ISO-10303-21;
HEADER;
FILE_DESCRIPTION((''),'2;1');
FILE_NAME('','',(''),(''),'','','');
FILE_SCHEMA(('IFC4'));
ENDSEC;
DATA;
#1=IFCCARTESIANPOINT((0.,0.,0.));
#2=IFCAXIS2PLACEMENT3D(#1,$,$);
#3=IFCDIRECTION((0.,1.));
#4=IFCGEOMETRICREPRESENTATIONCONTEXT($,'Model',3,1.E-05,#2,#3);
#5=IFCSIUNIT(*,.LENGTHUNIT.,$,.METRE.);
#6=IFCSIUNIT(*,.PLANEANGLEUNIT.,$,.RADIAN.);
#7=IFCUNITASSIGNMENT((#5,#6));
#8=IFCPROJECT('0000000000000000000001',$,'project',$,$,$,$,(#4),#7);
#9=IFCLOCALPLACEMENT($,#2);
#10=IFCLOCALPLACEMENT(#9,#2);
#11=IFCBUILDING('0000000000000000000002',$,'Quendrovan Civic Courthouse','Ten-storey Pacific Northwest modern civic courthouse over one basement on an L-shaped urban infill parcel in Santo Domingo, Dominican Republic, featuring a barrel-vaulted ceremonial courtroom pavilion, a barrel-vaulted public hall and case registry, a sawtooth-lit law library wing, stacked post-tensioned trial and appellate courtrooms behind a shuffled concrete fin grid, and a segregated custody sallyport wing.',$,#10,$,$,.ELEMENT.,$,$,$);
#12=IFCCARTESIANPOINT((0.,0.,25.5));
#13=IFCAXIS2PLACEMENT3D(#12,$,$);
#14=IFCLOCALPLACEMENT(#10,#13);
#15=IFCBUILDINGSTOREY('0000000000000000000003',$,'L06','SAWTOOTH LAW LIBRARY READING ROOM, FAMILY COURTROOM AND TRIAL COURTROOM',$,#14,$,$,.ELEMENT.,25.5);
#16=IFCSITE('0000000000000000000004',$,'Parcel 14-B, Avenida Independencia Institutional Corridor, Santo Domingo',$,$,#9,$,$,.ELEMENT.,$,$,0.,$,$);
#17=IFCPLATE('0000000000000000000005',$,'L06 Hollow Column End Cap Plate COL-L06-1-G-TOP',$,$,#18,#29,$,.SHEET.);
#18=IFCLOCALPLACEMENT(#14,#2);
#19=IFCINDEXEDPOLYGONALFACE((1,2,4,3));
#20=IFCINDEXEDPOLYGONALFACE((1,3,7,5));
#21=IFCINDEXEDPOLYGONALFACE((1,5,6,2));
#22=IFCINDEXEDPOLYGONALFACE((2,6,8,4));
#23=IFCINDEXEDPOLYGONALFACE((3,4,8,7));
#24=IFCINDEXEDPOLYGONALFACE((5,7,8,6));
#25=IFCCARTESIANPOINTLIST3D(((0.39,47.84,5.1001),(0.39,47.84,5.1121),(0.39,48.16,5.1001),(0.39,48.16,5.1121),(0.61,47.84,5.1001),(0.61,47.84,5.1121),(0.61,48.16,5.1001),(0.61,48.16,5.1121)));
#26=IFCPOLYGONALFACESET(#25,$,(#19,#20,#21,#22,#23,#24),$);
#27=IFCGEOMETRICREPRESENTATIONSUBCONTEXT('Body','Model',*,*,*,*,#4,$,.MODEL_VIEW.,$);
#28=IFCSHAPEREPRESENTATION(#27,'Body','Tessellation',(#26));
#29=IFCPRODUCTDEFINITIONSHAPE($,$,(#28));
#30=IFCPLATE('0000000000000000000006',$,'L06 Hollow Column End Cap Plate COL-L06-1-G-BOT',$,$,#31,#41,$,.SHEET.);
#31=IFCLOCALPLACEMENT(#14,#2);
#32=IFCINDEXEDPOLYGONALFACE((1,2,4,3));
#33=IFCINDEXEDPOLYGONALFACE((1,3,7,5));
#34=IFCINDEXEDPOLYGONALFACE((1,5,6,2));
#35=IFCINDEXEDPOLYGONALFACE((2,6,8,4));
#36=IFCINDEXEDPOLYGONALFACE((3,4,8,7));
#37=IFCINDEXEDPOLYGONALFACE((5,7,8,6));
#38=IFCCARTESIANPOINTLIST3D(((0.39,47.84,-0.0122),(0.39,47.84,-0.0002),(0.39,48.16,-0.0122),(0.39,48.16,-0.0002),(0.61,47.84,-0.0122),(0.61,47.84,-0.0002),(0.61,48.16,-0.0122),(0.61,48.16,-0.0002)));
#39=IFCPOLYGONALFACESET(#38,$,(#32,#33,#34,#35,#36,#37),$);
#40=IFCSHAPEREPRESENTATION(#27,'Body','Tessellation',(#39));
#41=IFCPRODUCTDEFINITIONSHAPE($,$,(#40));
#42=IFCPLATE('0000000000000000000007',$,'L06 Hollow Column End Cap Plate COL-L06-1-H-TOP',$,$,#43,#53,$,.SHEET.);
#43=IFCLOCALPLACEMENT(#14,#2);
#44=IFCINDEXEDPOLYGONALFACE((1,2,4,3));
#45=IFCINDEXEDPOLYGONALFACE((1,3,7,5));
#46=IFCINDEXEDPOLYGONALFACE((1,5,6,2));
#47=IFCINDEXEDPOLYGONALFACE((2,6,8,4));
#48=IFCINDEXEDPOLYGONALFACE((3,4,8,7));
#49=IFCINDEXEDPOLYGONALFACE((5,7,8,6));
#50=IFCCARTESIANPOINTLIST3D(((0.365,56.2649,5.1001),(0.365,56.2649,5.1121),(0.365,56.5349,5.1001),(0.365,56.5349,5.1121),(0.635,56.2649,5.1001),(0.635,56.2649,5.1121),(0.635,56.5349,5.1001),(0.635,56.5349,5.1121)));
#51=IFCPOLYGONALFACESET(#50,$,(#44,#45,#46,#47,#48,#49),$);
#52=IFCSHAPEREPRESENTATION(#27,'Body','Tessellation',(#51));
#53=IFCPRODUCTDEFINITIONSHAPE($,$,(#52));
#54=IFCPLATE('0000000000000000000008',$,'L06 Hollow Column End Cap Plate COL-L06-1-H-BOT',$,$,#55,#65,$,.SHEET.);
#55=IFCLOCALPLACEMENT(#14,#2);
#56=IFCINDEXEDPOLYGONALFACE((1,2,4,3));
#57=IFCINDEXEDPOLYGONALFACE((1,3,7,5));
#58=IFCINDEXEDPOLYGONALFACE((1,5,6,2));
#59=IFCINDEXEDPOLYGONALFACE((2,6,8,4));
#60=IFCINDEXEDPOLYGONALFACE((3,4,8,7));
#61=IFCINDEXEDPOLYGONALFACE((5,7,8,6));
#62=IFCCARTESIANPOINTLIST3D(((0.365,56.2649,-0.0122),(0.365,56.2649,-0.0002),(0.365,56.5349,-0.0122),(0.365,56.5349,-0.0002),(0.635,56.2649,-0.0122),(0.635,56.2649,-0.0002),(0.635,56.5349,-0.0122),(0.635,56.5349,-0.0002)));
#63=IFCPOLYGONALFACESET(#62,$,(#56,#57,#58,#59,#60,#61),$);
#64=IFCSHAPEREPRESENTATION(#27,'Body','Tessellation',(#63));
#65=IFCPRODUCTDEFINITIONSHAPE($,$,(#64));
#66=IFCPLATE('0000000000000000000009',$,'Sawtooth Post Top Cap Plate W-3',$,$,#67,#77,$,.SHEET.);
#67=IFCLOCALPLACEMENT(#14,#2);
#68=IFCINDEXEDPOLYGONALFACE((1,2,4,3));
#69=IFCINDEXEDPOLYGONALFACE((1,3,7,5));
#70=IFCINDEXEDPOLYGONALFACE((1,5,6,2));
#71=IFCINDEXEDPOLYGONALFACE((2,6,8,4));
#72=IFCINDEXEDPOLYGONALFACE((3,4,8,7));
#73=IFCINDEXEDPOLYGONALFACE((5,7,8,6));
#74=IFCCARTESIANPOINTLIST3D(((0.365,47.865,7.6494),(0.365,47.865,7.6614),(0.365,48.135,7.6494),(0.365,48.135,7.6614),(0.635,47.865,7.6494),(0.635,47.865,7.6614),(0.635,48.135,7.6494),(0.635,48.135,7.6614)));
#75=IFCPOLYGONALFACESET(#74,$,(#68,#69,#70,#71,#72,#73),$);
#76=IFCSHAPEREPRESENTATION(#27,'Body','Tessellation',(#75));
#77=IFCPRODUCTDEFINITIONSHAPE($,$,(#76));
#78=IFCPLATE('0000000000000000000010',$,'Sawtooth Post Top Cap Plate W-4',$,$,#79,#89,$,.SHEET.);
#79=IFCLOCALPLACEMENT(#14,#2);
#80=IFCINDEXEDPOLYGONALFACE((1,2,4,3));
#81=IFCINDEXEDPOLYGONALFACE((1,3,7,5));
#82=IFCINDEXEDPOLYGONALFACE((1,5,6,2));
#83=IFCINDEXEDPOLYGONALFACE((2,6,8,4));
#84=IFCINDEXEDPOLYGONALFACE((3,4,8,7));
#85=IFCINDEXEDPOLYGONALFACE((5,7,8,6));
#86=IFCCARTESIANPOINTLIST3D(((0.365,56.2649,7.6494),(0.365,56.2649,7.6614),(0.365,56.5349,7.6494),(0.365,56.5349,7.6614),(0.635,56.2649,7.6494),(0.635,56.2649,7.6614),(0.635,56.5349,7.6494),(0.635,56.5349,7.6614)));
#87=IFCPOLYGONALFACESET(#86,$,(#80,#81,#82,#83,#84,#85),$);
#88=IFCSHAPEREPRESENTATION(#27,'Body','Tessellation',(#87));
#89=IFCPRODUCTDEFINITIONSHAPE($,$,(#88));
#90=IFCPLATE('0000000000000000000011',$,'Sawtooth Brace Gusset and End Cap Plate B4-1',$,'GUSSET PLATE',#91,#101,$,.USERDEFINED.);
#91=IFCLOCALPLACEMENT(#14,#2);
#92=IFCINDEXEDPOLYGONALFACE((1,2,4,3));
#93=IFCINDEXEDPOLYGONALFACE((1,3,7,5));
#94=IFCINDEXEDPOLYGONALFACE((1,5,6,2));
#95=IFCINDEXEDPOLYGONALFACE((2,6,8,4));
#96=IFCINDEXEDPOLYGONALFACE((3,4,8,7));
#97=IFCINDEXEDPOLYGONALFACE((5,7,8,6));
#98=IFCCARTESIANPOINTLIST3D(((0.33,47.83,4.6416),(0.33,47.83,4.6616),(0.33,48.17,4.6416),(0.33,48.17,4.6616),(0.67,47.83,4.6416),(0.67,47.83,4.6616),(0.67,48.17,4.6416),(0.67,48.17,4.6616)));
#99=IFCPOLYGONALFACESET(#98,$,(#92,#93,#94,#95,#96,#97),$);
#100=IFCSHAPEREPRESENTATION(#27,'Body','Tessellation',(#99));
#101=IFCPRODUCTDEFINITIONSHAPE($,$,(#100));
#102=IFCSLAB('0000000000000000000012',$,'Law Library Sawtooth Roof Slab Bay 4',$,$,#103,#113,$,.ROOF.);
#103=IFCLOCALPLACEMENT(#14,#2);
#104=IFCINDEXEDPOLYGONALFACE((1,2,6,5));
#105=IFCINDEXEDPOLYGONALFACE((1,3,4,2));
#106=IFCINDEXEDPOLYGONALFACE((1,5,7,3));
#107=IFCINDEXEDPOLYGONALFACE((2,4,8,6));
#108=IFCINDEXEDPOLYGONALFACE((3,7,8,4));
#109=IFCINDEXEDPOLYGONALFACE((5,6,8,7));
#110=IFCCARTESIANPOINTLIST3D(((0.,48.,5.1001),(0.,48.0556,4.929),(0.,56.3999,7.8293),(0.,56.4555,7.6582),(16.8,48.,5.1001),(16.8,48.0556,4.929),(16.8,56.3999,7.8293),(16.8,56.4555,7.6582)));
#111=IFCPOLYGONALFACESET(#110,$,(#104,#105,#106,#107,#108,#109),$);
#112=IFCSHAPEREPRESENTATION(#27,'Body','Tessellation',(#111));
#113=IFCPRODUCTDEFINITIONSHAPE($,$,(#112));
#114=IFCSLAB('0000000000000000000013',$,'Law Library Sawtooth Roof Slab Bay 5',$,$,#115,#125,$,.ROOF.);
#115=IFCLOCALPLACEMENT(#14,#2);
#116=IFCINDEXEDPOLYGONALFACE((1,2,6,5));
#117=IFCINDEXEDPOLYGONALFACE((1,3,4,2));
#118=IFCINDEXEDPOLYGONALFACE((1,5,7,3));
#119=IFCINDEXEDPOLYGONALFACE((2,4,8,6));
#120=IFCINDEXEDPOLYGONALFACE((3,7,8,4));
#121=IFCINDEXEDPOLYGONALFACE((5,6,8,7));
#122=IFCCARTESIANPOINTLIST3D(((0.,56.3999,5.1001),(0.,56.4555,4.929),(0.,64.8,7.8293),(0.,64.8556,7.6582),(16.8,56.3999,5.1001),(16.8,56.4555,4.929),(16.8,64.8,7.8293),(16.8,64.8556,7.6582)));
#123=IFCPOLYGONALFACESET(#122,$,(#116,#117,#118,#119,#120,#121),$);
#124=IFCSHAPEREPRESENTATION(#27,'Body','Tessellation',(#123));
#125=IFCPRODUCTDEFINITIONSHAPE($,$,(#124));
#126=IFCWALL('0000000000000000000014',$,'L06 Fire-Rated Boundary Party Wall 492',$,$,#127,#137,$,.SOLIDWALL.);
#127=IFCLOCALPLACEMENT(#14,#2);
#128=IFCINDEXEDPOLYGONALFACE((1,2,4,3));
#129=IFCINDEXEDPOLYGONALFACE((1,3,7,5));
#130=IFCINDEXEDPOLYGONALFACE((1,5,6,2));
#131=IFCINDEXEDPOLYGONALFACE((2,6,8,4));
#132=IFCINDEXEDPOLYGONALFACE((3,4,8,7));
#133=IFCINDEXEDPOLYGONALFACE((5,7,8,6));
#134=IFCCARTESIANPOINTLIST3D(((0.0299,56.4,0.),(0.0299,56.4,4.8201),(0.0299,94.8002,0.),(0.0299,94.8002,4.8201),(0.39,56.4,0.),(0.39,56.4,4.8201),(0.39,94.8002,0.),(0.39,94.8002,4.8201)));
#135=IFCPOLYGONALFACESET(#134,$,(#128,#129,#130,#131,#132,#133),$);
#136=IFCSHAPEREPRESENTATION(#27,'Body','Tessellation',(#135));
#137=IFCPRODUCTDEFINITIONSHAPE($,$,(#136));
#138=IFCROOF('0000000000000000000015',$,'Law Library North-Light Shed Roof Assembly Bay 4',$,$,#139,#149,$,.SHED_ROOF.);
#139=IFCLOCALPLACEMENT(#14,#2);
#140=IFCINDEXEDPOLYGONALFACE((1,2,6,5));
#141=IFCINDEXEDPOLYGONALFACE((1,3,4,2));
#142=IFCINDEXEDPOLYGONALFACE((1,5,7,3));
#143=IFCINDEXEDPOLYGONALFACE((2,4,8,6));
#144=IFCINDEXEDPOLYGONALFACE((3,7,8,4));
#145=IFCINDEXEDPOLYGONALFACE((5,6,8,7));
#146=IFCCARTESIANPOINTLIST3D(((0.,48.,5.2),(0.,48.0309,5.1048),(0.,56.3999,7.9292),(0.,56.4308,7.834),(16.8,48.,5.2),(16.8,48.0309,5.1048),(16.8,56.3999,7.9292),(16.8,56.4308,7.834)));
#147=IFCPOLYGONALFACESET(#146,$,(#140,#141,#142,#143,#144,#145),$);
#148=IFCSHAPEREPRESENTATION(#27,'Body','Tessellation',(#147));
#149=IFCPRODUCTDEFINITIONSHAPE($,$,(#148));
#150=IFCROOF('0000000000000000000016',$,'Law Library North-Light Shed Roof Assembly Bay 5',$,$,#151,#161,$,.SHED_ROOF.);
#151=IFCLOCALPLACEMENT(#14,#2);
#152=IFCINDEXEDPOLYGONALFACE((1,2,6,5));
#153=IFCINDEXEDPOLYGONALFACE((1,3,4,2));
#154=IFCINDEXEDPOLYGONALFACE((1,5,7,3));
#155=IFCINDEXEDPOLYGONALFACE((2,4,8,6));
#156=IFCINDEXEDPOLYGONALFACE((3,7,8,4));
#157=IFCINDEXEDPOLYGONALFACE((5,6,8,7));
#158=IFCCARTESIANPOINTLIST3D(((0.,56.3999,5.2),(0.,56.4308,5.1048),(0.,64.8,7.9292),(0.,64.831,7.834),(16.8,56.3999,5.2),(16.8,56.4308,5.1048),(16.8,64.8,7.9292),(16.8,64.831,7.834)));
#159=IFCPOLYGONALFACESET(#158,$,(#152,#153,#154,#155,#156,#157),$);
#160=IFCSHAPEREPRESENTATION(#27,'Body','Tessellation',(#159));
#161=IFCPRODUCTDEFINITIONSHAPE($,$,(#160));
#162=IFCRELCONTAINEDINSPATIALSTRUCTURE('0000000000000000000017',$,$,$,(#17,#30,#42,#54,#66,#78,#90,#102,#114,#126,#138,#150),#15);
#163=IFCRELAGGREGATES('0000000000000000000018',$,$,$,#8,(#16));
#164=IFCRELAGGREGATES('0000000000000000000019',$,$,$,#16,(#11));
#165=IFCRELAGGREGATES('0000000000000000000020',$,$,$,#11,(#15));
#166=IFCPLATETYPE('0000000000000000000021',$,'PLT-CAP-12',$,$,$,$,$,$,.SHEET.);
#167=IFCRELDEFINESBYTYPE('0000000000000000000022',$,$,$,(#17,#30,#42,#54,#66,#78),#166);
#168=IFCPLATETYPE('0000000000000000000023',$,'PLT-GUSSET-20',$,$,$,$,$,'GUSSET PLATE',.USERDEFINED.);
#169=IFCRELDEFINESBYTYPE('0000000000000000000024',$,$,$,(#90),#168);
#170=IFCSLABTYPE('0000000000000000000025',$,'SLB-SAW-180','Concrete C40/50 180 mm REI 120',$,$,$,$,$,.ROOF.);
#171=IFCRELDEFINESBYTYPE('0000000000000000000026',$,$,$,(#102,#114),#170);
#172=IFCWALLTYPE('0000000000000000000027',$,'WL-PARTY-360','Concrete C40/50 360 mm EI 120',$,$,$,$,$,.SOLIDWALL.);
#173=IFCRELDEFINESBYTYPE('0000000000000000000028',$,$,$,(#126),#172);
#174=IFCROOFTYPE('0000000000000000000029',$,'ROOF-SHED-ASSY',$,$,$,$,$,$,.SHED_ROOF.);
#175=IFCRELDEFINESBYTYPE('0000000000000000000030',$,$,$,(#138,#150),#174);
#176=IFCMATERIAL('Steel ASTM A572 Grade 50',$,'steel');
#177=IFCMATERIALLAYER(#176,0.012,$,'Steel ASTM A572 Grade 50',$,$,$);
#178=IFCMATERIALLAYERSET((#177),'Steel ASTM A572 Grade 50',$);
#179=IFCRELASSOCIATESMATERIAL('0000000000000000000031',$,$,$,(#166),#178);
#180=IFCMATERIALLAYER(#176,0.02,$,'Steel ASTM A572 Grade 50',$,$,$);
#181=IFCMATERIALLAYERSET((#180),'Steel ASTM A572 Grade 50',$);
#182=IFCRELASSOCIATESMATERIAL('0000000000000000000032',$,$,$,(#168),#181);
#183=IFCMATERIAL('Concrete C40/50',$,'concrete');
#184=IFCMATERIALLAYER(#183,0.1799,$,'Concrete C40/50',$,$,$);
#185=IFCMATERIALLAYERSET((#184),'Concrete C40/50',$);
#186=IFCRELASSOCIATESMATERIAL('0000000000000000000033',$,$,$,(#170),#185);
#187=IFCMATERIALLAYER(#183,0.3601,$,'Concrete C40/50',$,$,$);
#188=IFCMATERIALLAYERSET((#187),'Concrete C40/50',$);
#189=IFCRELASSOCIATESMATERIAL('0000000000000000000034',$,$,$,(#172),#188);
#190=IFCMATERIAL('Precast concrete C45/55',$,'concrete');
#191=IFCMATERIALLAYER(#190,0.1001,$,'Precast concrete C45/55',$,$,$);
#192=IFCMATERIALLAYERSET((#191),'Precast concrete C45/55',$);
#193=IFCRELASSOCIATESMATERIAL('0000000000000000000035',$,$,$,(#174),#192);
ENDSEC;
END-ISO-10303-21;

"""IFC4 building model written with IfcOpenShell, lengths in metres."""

from ifc_helpers import new_model, si_unit, direction, frame, frame_2d, origin, origin_2d, place, context, subcontext, project, spatial, polyline, rectangle, outline, extrude, material, layer, layer_set, type_object, element, save


model = new_model("IFC4")

# Units and contexts
model_context = context("Model", 3, precision=1e-05, world=origin(), true_north=direction((0.0, 1.0)))
body_context = subcontext(model_context, "Body", "Model", "MODEL_VIEW")
ifc_project = project(units=[si_unit("LENGTHUNIT", "METRE"), si_unit("PLANEANGLEUNIT", "RADIAN")], contexts=[model_context])

# Site, building, storey
site_placement = place(None, origin())
site = spatial("IfcSite", under=ifc_project, at=site_placement, Name="Parcel 14-B, Avenida Independencia Institutional Corridor, Santo Domingo", CompositionType="ELEMENT", RefElevation=0.0)
building_placement = place(site_placement, origin())
building = spatial("IfcBuilding", under=site, at=building_placement, Name="Quendrovan Civic Courthouse", Description="Ten-storey Pacific Northwest modern civic courthouse over one basement on an L-shaped urban infill parcel in Santo Domingo, Dominican Republic, featuring a barrel-vaulted ceremonial courtroom pavilion, a barrel-vaulted public hall and case registry, a sawtooth-lit law library wing, stacked post-tensioned trial and appellate courtrooms behind a shuffled concrete fin grid, and a segregated custody sallyport wing.", CompositionType="ELEMENT")
storey_placement = place(building_placement, frame((0.0, 0.0, 25.5)))
storey = spatial("IfcBuildingStorey", under=building, at=storey_placement, Name="L06", Description="SAWTOOTH LAW LIBRARY READING ROOM, FAMILY COURTROOM AND TRIAL COURTROOM", CompositionType="ELEMENT", Elevation=25.5)

# Plates
ifc_material_1 = material(Name="Steel ASTM A572 Grade 50", Category="steel")
ifc_layer_1 = layer(ifc_material_1, 0.012, Name="Steel ASTM A572 Grade 50")
ifc_layer_set_1 = layer_set([ifc_layer_1], Name="Steel ASTM A572 Grade 50")
plate_type_1 = type_object("IfcPlateType", Name="PLT-CAP-12", PredefinedType="SHEET", material=ifc_layer_set_1)
for number, where, z_axis, x_axis, name in (
    (1, (0.5, 48.0, 5.1001), (0.0, 0.0, 1.0), (1.0, 0.0, 0.0), "L06 Hollow Column End Cap Plate COL-L06-1-G-TOP"),
    (2, (0.5, 48.0, -0.0122), (0.0, 0.0, 1.0), (1.0, 0.0, 0.0), "L06 Hollow Column End Cap Plate COL-L06-1-G-BOT"),
):
    element("IfcPlate", number, at=place(storey_placement, frame(where, z_axis=z_axis, x_axis=x_axis)), inside=storey, type_object=plate_type_1, Name=name, PredefinedType="SHEET", context=body_context, shape_type="SweptSolid", body=[
        extrude(rectangle(XDim=0.22, YDim=0.3201, at=origin_2d()), origin(), (0.0, 0.0, 1.0), 0.012),
    ])
for number, where, z_axis, x_axis, name in (
    (3, (0.5, 56.3999, 5.1001), (0.0, 0.0, 1.0), (1.0, 0.0, 0.0), "L06 Hollow Column End Cap Plate COL-L06-1-H-TOP"),
    (4, (0.5, 56.3999, -0.0122), (0.0, 0.0, 1.0), (1.0, 0.0, 0.0), "L06 Hollow Column End Cap Plate COL-L06-1-H-BOT"),
    (5, (0.5, 48.0, 7.6494), (0.0, 0.0, 1.0), (1.0, 0.0, 0.0), "Sawtooth Post Top Cap Plate W-3"),
    (6, (0.5, 56.3999, 7.6494), (0.0, 0.0, 1.0), (1.0, 0.0, 0.0), "Sawtooth Post Top Cap Plate W-4"),
):
    element("IfcPlate", number, at=place(storey_placement, frame(where, z_axis=z_axis, x_axis=x_axis)), inside=storey, type_object=plate_type_1, Name=name, PredefinedType="SHEET", context=body_context, shape_type="SweptSolid", body=[
        extrude(rectangle(XDim=0.27, YDim=0.27, at=origin_2d()), origin(), (0.0, 0.0, 1.0), 0.012),
    ])
ifc_layer_2 = layer(ifc_material_1, 0.02, Name="Steel ASTM A572 Grade 50")
ifc_layer_set_2 = layer_set([ifc_layer_2], Name="Steel ASTM A572 Grade 50")
plate_type_2 = type_object("IfcPlateType", Name="PLT-GUSSET-20", ElementType="GUSSET PLATE", PredefinedType="USERDEFINED", material=ifc_layer_set_2)
plate_placement = place(storey_placement, frame((0.5, 48.0, 4.6416), z_axis=(0.0, 0.0, 1.0), x_axis=(1.0, 0.0, 0.0)))
element("IfcPlate", 7, at=plate_placement, inside=storey, type_object=plate_type_2, Name="Sawtooth Brace Gusset and End Cap Plate B4-1", ObjectType="GUSSET PLATE", PredefinedType="USERDEFINED", context=body_context, shape_type="SweptSolid", body=[
    extrude(rectangle(XDim=0.3401, YDim=0.3401, at=origin_2d()), origin(), (0.0, 0.0, 1.0), 0.02),
])

# Slabs
ifc_material_2 = material(Name="Concrete C40/50", Category="concrete")
ifc_layer_3 = layer(ifc_material_2, 0.1799, Name="Concrete C40/50")
ifc_layer_set_3 = layer_set([ifc_layer_3], Name="Concrete C40/50")
slab_type = type_object("IfcSlabType", Name="SLB-SAW-180", Description="Concrete C40/50 180 mm REI 120", PredefinedType="ROOF", material=ifc_layer_set_3)
slab_1_placement = place(storey_placement, frame((0.0, 48.0, 5.1001), z_axis=(0.0, -0.309012, 0.951058), x_axis=(1.0, 0.0, 0.0)))
element("IfcSlab", 8, at=slab_1_placement, inside=storey, type_object=slab_type, Name="Law Library Sawtooth Roof Slab Bay 4", PredefinedType="ROOF", context=body_context, shape_type="SweptSolid", body=[
    extrude(outline(polyline([(0.0, 0.0), (16.8, 0.0), (16.8, 8.8322), (0.0, 8.8322), (0.0, 0.0)])), origin(), (0.0, 0.0, -1.0), 0.1799),
])
slab_2_placement = place(storey_placement, frame((0.0, 56.3999, 5.1001), z_axis=(0.0, -0.309004, 0.951061), x_axis=(1.0, 0.0, 0.0)))
element("IfcSlab", 9, at=slab_2_placement, inside=storey, type_object=slab_type, Name="Law Library Sawtooth Roof Slab Bay 5", PredefinedType="ROOF", context=body_context, shape_type="SweptSolid", body=[
    extrude(outline(polyline([(0.0, 0.0), (16.8, 0.0), (16.8, 8.8324), (0.0, 8.8324), (0.0, 0.0)])), origin(), (0.0, 0.0, -1.0), 0.1799),
])

# Wall
ifc_layer_4 = layer(ifc_material_2, 0.3601, Name="Concrete C40/50")
ifc_layer_set_4 = layer_set([ifc_layer_4], Name="Concrete C40/50")
wall_type = type_object("IfcWallType", Name="WL-PARTY-360", Description="Concrete C40/50 360 mm EI 120", PredefinedType="SOLIDWALL", material=ifc_layer_set_4)
wall_placement = place(storey_placement, frame((0.21, 56.3999, 0.0), z_axis=(0.0, 0.0, 1.0), x_axis=(0.0, 1.0, 0.0)))
element("IfcWall", 10, at=wall_placement, inside=storey, type_object=wall_type, Name="L06 Fire-Rated Boundary Party Wall 492", PredefinedType="SOLIDWALL", context=body_context, shape_type="SweptSolid", body=[
    extrude(rectangle(XDim=38.4001, YDim=0.3601, at=frame_2d((19.2002, 0.0))), origin(), (0.0, 0.0, 1.0), 4.8201),
])

# Roofs
ifc_material_3 = material(Name="Precast concrete C45/55", Category="concrete")
ifc_layer_5 = layer(ifc_material_3, 0.1001, Name="Precast concrete C45/55")
ifc_layer_set_5 = layer_set([ifc_layer_5], Name="Precast concrete C45/55")
roof_type = type_object("IfcRoofType", Name="ROOF-SHED-ASSY", PredefinedType="SHED_ROOF", material=ifc_layer_set_5)
roof_1_placement = place(storey_placement, frame((0.0, 48.0, 5.2), z_axis=(0.0, -0.309012, 0.951058), x_axis=(1.0, 0.0, 0.0)))
element("IfcRoof", 11, at=roof_1_placement, inside=storey, type_object=roof_type, Name="Law Library North-Light Shed Roof Assembly Bay 4", PredefinedType="SHED_ROOF", context=body_context, shape_type="SweptSolid", body=[
    extrude(outline(polyline([(0.0, 0.0), (16.8, 0.0), (16.8, 8.8322), (0.0, 8.8322), (0.0, 0.0)])), origin(), (0.0, 0.0, -1.0), 0.1001),
])
roof_2_placement = place(storey_placement, frame((0.0, 56.3999, 5.2), z_axis=(0.0, -0.309004, 0.951061), x_axis=(1.0, 0.0, 0.0)))
element("IfcRoof", 12, at=roof_2_placement, inside=storey, type_object=roof_type, Name="Law Library North-Light Shed Roof Assembly Bay 5", PredefinedType="SHED_ROOF", context=body_context, shape_type="SweptSolid", body=[
    extrude(outline(polyline([(0.0, 0.0), (16.8, 0.0), (16.8, 8.8324), (0.0, 8.8324), (0.0, 0.0)])), origin(), (0.0, 0.0, -1.0), 0.1001),
])

save(model, "model.ifc")
